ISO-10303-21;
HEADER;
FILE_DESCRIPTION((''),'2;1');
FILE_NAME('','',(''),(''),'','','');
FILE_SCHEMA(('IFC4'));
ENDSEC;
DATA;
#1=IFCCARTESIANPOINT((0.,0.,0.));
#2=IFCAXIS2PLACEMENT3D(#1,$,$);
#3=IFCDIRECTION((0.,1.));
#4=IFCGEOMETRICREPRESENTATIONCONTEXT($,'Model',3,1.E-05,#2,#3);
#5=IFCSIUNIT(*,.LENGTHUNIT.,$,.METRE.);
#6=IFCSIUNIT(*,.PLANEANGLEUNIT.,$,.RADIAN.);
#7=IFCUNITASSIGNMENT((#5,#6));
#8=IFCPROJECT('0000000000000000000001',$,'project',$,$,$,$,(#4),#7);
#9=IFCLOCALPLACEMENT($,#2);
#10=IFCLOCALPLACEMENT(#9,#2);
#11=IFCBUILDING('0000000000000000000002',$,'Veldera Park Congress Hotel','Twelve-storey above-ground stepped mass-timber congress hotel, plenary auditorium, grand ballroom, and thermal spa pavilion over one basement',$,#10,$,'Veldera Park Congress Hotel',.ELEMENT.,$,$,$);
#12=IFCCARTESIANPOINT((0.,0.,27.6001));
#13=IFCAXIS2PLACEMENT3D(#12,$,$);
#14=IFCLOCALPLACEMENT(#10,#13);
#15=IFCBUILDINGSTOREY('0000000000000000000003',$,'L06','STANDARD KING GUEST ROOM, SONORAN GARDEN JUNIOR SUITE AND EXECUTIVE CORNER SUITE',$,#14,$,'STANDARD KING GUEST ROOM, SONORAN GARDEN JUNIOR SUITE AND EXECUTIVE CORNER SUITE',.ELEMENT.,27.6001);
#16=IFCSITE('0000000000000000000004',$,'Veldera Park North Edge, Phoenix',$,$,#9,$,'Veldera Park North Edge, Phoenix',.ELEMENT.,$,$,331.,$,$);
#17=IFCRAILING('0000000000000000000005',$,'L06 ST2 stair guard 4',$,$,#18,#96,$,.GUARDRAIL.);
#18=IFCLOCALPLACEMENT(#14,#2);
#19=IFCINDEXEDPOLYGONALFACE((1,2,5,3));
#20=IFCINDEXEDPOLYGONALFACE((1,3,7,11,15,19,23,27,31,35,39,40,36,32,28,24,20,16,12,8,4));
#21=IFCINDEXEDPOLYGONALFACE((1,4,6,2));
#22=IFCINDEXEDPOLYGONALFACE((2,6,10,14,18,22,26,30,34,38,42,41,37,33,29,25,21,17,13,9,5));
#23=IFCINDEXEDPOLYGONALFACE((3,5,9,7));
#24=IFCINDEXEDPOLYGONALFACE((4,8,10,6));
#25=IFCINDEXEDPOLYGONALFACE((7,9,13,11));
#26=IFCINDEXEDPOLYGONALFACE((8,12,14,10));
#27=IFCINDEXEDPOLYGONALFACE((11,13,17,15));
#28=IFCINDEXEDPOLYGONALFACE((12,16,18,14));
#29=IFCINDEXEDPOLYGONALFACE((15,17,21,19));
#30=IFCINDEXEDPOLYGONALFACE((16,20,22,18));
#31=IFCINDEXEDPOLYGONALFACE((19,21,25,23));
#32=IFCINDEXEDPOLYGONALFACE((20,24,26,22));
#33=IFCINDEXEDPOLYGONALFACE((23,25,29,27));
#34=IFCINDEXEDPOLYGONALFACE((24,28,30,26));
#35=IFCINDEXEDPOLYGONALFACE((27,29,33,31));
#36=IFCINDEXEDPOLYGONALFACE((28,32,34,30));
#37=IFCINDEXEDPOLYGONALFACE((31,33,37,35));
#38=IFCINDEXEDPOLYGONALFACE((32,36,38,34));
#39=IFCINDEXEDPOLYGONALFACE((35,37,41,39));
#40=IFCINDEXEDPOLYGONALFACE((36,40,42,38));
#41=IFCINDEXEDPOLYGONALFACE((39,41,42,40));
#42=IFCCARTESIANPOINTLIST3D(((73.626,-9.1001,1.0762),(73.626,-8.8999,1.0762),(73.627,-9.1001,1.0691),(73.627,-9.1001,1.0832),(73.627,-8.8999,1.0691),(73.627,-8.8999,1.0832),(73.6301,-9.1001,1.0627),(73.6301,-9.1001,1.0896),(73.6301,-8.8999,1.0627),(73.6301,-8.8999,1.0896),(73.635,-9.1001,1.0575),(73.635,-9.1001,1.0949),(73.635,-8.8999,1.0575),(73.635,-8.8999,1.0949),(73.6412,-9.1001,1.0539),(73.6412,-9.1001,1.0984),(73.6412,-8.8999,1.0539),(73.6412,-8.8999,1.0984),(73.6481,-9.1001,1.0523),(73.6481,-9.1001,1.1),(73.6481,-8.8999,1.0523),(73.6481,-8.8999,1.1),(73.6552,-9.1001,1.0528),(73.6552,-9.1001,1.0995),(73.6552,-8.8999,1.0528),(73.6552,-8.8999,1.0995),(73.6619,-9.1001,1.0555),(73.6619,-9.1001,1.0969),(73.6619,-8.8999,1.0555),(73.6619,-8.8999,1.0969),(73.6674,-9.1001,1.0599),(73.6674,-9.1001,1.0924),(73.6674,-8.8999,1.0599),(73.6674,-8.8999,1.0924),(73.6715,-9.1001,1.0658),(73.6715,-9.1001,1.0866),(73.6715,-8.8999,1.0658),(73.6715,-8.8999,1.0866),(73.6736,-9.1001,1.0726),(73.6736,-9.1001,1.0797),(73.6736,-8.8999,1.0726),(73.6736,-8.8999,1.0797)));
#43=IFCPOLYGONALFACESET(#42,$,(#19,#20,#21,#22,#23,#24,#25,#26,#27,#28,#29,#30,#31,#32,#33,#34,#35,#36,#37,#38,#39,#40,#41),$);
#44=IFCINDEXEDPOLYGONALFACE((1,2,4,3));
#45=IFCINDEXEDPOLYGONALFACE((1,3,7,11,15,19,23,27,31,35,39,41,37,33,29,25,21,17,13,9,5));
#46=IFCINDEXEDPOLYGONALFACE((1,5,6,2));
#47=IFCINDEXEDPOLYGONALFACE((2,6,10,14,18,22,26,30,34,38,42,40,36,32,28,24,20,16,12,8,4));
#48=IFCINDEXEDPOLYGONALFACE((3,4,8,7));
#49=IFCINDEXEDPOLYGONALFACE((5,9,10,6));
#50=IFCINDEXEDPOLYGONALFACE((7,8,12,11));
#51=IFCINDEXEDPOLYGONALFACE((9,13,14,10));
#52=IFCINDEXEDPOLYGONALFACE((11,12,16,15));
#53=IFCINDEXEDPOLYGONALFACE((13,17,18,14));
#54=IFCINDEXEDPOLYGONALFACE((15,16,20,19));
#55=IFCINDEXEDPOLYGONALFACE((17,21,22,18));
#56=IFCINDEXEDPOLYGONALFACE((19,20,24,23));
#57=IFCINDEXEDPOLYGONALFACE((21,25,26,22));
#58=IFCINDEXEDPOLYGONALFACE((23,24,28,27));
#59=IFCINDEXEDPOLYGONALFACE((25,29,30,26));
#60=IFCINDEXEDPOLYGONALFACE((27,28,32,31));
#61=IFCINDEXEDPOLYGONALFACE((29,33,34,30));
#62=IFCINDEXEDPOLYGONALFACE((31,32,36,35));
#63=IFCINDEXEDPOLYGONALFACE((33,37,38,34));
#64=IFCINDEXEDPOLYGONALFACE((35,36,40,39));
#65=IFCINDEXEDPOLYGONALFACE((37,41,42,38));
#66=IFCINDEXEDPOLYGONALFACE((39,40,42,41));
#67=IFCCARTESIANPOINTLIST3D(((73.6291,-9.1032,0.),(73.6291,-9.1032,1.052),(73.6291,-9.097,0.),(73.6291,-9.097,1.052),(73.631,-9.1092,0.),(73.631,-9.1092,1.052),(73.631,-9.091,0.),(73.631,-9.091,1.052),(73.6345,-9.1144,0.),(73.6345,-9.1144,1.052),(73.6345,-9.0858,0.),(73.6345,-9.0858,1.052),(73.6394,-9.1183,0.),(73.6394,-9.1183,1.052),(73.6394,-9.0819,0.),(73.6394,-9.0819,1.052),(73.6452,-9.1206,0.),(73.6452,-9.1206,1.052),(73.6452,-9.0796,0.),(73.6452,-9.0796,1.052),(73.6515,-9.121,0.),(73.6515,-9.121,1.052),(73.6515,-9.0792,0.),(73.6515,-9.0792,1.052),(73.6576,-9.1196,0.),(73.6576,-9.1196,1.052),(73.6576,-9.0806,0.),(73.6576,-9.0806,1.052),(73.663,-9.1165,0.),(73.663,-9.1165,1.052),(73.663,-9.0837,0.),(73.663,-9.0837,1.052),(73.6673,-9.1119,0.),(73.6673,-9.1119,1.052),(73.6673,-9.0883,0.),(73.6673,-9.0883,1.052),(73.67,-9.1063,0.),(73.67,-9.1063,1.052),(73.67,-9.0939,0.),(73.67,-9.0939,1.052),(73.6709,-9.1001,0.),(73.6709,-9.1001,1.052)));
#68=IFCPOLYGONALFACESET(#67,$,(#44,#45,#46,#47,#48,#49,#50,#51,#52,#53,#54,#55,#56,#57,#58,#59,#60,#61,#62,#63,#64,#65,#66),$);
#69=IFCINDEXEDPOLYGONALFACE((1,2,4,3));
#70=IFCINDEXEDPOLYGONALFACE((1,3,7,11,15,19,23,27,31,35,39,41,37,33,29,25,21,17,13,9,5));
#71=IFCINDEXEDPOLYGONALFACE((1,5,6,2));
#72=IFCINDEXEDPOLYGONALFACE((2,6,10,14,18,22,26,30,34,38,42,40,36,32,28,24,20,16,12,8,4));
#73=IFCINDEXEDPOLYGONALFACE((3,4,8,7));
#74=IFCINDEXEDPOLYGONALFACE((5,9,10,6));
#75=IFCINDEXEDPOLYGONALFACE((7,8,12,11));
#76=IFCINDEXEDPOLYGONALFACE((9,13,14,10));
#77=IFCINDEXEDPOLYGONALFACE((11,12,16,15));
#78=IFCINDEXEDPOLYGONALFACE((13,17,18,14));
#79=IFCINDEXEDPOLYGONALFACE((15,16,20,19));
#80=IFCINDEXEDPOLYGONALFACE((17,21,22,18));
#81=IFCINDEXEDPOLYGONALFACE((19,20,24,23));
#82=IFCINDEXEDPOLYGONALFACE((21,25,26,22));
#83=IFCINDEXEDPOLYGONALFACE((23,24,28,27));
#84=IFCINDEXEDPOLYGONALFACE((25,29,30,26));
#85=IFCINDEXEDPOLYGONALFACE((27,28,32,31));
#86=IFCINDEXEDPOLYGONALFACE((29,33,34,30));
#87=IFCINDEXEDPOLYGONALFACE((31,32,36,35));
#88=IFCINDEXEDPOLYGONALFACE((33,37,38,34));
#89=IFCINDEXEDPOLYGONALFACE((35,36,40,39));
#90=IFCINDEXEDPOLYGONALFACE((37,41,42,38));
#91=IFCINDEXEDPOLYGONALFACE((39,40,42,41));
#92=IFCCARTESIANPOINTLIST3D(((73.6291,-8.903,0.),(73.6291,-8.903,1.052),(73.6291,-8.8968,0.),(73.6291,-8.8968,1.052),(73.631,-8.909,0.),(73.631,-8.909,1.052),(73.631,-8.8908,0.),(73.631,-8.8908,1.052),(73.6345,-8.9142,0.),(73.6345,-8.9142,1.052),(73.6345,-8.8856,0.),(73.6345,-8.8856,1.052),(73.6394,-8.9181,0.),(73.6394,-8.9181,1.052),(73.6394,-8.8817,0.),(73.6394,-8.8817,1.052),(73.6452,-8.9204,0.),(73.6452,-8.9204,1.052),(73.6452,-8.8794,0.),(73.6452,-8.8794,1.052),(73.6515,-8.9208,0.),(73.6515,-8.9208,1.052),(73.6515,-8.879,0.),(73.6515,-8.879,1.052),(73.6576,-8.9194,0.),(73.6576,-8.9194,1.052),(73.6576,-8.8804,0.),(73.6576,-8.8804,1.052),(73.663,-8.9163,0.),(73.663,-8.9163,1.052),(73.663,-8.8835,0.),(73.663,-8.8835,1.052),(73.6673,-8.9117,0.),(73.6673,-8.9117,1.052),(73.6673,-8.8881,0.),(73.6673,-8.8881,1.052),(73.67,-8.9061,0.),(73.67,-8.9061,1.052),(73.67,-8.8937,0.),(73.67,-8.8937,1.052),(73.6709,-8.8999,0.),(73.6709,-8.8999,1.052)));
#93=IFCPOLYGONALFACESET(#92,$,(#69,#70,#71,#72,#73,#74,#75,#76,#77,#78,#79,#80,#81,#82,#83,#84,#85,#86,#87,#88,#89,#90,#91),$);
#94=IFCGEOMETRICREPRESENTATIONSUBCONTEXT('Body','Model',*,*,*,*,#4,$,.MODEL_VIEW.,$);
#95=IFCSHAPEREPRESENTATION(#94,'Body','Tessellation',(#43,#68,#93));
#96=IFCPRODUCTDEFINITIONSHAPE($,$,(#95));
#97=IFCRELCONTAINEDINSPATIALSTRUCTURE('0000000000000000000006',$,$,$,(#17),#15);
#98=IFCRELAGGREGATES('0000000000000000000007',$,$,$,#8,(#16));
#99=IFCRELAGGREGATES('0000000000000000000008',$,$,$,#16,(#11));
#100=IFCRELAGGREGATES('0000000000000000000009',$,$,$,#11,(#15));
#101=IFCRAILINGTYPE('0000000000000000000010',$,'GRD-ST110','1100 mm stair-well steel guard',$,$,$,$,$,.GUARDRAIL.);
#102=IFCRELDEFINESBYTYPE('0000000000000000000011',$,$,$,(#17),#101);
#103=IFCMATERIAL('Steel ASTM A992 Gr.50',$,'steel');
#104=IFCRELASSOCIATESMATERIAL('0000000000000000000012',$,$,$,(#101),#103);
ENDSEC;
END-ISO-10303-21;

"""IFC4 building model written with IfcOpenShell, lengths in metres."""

from ifc_helpers import new_model, si_unit, direction, frame, origin, origin_2d, place, context, subcontext, project, spatial, circle, extrude, material, type_object, element, save


model = new_model("IFC4")

# Units and contexts
model_context = context("Model", 3, precision=1e-05, world=origin(), true_north=direction((0.0, 1.0)))
body_context = subcontext(model_context, "Body", "Model", "MODEL_VIEW")
ifc_project = project(units=[si_unit("LENGTHUNIT", "METRE"), si_unit("PLANEANGLEUNIT", "RADIAN")], contexts=[model_context])

# Site, building, storey
site_placement = place(None, origin())
site = spatial("IfcSite", under=ifc_project, at=site_placement, Name="Veldera Park North Edge, Phoenix", LongName="Veldera Park North Edge, Phoenix", CompositionType="ELEMENT", RefElevation=331.0)
building_placement = place(site_placement, origin())
building = spatial("IfcBuilding", under=site, at=building_placement, Name="Veldera Park Congress Hotel", Description="Twelve-storey above-ground stepped mass-timber congress hotel, plenary auditorium, grand ballroom, and thermal spa pavilion over one basement", LongName="Veldera Park Congress Hotel", CompositionType="ELEMENT")
storey_placement = place(building_placement, frame((0.0, 0.0, 27.6001)))
storey = spatial("IfcBuildingStorey", under=building, at=storey_placement, Name="L06", Description="STANDARD KING GUEST ROOM, SONORAN GARDEN JUNIOR SUITE AND EXECUTIVE CORNER SUITE", LongName="STANDARD KING GUEST ROOM, SONORAN GARDEN JUNIOR SUITE AND EXECUTIVE CORNER SUITE", CompositionType="ELEMENT", Elevation=27.6001)

# Railing
ifc_material_1 = material(Name="Steel ASTM A992 Gr.50", Category="steel")
railing_type_1 = type_object("IfcRailingType", Name="GRD-ST110", Description="1100 mm stair-well steel guard", PredefinedType="GUARDRAIL", material=ifc_material_1)
railing_1_placement = place(storey_placement, frame((73.6499, -9.1001, 0.0)))
element("IfcRailing", 1, at=railing_1_placement, inside=storey, type_object=railing_type_1, Name="L06 ST2 stair guard 4", PredefinedType="GUARDRAIL", context=body_context, shape_type="SweptSolid", body=[
    extrude(circle(Radius=0.0239, at=origin_2d()), frame((0.0, 0.0, 1.0762), z_axis=(0.0, 1.0, 0.0), x_axis=(-1.0, 0.0, 0.0)), (0.0, 0.0, 1.0), 0.2002),
    extrude(circle(Radius=0.021, at=origin_2d()), origin(), (0.0, 0.0, 1.0), 1.052),
    extrude(circle(Radius=0.021, at=origin_2d()), frame((0.0, 0.2002, 0.0)), (0.0, 0.0, 1.0), 1.052),
])

save(model, "model.ifc")
